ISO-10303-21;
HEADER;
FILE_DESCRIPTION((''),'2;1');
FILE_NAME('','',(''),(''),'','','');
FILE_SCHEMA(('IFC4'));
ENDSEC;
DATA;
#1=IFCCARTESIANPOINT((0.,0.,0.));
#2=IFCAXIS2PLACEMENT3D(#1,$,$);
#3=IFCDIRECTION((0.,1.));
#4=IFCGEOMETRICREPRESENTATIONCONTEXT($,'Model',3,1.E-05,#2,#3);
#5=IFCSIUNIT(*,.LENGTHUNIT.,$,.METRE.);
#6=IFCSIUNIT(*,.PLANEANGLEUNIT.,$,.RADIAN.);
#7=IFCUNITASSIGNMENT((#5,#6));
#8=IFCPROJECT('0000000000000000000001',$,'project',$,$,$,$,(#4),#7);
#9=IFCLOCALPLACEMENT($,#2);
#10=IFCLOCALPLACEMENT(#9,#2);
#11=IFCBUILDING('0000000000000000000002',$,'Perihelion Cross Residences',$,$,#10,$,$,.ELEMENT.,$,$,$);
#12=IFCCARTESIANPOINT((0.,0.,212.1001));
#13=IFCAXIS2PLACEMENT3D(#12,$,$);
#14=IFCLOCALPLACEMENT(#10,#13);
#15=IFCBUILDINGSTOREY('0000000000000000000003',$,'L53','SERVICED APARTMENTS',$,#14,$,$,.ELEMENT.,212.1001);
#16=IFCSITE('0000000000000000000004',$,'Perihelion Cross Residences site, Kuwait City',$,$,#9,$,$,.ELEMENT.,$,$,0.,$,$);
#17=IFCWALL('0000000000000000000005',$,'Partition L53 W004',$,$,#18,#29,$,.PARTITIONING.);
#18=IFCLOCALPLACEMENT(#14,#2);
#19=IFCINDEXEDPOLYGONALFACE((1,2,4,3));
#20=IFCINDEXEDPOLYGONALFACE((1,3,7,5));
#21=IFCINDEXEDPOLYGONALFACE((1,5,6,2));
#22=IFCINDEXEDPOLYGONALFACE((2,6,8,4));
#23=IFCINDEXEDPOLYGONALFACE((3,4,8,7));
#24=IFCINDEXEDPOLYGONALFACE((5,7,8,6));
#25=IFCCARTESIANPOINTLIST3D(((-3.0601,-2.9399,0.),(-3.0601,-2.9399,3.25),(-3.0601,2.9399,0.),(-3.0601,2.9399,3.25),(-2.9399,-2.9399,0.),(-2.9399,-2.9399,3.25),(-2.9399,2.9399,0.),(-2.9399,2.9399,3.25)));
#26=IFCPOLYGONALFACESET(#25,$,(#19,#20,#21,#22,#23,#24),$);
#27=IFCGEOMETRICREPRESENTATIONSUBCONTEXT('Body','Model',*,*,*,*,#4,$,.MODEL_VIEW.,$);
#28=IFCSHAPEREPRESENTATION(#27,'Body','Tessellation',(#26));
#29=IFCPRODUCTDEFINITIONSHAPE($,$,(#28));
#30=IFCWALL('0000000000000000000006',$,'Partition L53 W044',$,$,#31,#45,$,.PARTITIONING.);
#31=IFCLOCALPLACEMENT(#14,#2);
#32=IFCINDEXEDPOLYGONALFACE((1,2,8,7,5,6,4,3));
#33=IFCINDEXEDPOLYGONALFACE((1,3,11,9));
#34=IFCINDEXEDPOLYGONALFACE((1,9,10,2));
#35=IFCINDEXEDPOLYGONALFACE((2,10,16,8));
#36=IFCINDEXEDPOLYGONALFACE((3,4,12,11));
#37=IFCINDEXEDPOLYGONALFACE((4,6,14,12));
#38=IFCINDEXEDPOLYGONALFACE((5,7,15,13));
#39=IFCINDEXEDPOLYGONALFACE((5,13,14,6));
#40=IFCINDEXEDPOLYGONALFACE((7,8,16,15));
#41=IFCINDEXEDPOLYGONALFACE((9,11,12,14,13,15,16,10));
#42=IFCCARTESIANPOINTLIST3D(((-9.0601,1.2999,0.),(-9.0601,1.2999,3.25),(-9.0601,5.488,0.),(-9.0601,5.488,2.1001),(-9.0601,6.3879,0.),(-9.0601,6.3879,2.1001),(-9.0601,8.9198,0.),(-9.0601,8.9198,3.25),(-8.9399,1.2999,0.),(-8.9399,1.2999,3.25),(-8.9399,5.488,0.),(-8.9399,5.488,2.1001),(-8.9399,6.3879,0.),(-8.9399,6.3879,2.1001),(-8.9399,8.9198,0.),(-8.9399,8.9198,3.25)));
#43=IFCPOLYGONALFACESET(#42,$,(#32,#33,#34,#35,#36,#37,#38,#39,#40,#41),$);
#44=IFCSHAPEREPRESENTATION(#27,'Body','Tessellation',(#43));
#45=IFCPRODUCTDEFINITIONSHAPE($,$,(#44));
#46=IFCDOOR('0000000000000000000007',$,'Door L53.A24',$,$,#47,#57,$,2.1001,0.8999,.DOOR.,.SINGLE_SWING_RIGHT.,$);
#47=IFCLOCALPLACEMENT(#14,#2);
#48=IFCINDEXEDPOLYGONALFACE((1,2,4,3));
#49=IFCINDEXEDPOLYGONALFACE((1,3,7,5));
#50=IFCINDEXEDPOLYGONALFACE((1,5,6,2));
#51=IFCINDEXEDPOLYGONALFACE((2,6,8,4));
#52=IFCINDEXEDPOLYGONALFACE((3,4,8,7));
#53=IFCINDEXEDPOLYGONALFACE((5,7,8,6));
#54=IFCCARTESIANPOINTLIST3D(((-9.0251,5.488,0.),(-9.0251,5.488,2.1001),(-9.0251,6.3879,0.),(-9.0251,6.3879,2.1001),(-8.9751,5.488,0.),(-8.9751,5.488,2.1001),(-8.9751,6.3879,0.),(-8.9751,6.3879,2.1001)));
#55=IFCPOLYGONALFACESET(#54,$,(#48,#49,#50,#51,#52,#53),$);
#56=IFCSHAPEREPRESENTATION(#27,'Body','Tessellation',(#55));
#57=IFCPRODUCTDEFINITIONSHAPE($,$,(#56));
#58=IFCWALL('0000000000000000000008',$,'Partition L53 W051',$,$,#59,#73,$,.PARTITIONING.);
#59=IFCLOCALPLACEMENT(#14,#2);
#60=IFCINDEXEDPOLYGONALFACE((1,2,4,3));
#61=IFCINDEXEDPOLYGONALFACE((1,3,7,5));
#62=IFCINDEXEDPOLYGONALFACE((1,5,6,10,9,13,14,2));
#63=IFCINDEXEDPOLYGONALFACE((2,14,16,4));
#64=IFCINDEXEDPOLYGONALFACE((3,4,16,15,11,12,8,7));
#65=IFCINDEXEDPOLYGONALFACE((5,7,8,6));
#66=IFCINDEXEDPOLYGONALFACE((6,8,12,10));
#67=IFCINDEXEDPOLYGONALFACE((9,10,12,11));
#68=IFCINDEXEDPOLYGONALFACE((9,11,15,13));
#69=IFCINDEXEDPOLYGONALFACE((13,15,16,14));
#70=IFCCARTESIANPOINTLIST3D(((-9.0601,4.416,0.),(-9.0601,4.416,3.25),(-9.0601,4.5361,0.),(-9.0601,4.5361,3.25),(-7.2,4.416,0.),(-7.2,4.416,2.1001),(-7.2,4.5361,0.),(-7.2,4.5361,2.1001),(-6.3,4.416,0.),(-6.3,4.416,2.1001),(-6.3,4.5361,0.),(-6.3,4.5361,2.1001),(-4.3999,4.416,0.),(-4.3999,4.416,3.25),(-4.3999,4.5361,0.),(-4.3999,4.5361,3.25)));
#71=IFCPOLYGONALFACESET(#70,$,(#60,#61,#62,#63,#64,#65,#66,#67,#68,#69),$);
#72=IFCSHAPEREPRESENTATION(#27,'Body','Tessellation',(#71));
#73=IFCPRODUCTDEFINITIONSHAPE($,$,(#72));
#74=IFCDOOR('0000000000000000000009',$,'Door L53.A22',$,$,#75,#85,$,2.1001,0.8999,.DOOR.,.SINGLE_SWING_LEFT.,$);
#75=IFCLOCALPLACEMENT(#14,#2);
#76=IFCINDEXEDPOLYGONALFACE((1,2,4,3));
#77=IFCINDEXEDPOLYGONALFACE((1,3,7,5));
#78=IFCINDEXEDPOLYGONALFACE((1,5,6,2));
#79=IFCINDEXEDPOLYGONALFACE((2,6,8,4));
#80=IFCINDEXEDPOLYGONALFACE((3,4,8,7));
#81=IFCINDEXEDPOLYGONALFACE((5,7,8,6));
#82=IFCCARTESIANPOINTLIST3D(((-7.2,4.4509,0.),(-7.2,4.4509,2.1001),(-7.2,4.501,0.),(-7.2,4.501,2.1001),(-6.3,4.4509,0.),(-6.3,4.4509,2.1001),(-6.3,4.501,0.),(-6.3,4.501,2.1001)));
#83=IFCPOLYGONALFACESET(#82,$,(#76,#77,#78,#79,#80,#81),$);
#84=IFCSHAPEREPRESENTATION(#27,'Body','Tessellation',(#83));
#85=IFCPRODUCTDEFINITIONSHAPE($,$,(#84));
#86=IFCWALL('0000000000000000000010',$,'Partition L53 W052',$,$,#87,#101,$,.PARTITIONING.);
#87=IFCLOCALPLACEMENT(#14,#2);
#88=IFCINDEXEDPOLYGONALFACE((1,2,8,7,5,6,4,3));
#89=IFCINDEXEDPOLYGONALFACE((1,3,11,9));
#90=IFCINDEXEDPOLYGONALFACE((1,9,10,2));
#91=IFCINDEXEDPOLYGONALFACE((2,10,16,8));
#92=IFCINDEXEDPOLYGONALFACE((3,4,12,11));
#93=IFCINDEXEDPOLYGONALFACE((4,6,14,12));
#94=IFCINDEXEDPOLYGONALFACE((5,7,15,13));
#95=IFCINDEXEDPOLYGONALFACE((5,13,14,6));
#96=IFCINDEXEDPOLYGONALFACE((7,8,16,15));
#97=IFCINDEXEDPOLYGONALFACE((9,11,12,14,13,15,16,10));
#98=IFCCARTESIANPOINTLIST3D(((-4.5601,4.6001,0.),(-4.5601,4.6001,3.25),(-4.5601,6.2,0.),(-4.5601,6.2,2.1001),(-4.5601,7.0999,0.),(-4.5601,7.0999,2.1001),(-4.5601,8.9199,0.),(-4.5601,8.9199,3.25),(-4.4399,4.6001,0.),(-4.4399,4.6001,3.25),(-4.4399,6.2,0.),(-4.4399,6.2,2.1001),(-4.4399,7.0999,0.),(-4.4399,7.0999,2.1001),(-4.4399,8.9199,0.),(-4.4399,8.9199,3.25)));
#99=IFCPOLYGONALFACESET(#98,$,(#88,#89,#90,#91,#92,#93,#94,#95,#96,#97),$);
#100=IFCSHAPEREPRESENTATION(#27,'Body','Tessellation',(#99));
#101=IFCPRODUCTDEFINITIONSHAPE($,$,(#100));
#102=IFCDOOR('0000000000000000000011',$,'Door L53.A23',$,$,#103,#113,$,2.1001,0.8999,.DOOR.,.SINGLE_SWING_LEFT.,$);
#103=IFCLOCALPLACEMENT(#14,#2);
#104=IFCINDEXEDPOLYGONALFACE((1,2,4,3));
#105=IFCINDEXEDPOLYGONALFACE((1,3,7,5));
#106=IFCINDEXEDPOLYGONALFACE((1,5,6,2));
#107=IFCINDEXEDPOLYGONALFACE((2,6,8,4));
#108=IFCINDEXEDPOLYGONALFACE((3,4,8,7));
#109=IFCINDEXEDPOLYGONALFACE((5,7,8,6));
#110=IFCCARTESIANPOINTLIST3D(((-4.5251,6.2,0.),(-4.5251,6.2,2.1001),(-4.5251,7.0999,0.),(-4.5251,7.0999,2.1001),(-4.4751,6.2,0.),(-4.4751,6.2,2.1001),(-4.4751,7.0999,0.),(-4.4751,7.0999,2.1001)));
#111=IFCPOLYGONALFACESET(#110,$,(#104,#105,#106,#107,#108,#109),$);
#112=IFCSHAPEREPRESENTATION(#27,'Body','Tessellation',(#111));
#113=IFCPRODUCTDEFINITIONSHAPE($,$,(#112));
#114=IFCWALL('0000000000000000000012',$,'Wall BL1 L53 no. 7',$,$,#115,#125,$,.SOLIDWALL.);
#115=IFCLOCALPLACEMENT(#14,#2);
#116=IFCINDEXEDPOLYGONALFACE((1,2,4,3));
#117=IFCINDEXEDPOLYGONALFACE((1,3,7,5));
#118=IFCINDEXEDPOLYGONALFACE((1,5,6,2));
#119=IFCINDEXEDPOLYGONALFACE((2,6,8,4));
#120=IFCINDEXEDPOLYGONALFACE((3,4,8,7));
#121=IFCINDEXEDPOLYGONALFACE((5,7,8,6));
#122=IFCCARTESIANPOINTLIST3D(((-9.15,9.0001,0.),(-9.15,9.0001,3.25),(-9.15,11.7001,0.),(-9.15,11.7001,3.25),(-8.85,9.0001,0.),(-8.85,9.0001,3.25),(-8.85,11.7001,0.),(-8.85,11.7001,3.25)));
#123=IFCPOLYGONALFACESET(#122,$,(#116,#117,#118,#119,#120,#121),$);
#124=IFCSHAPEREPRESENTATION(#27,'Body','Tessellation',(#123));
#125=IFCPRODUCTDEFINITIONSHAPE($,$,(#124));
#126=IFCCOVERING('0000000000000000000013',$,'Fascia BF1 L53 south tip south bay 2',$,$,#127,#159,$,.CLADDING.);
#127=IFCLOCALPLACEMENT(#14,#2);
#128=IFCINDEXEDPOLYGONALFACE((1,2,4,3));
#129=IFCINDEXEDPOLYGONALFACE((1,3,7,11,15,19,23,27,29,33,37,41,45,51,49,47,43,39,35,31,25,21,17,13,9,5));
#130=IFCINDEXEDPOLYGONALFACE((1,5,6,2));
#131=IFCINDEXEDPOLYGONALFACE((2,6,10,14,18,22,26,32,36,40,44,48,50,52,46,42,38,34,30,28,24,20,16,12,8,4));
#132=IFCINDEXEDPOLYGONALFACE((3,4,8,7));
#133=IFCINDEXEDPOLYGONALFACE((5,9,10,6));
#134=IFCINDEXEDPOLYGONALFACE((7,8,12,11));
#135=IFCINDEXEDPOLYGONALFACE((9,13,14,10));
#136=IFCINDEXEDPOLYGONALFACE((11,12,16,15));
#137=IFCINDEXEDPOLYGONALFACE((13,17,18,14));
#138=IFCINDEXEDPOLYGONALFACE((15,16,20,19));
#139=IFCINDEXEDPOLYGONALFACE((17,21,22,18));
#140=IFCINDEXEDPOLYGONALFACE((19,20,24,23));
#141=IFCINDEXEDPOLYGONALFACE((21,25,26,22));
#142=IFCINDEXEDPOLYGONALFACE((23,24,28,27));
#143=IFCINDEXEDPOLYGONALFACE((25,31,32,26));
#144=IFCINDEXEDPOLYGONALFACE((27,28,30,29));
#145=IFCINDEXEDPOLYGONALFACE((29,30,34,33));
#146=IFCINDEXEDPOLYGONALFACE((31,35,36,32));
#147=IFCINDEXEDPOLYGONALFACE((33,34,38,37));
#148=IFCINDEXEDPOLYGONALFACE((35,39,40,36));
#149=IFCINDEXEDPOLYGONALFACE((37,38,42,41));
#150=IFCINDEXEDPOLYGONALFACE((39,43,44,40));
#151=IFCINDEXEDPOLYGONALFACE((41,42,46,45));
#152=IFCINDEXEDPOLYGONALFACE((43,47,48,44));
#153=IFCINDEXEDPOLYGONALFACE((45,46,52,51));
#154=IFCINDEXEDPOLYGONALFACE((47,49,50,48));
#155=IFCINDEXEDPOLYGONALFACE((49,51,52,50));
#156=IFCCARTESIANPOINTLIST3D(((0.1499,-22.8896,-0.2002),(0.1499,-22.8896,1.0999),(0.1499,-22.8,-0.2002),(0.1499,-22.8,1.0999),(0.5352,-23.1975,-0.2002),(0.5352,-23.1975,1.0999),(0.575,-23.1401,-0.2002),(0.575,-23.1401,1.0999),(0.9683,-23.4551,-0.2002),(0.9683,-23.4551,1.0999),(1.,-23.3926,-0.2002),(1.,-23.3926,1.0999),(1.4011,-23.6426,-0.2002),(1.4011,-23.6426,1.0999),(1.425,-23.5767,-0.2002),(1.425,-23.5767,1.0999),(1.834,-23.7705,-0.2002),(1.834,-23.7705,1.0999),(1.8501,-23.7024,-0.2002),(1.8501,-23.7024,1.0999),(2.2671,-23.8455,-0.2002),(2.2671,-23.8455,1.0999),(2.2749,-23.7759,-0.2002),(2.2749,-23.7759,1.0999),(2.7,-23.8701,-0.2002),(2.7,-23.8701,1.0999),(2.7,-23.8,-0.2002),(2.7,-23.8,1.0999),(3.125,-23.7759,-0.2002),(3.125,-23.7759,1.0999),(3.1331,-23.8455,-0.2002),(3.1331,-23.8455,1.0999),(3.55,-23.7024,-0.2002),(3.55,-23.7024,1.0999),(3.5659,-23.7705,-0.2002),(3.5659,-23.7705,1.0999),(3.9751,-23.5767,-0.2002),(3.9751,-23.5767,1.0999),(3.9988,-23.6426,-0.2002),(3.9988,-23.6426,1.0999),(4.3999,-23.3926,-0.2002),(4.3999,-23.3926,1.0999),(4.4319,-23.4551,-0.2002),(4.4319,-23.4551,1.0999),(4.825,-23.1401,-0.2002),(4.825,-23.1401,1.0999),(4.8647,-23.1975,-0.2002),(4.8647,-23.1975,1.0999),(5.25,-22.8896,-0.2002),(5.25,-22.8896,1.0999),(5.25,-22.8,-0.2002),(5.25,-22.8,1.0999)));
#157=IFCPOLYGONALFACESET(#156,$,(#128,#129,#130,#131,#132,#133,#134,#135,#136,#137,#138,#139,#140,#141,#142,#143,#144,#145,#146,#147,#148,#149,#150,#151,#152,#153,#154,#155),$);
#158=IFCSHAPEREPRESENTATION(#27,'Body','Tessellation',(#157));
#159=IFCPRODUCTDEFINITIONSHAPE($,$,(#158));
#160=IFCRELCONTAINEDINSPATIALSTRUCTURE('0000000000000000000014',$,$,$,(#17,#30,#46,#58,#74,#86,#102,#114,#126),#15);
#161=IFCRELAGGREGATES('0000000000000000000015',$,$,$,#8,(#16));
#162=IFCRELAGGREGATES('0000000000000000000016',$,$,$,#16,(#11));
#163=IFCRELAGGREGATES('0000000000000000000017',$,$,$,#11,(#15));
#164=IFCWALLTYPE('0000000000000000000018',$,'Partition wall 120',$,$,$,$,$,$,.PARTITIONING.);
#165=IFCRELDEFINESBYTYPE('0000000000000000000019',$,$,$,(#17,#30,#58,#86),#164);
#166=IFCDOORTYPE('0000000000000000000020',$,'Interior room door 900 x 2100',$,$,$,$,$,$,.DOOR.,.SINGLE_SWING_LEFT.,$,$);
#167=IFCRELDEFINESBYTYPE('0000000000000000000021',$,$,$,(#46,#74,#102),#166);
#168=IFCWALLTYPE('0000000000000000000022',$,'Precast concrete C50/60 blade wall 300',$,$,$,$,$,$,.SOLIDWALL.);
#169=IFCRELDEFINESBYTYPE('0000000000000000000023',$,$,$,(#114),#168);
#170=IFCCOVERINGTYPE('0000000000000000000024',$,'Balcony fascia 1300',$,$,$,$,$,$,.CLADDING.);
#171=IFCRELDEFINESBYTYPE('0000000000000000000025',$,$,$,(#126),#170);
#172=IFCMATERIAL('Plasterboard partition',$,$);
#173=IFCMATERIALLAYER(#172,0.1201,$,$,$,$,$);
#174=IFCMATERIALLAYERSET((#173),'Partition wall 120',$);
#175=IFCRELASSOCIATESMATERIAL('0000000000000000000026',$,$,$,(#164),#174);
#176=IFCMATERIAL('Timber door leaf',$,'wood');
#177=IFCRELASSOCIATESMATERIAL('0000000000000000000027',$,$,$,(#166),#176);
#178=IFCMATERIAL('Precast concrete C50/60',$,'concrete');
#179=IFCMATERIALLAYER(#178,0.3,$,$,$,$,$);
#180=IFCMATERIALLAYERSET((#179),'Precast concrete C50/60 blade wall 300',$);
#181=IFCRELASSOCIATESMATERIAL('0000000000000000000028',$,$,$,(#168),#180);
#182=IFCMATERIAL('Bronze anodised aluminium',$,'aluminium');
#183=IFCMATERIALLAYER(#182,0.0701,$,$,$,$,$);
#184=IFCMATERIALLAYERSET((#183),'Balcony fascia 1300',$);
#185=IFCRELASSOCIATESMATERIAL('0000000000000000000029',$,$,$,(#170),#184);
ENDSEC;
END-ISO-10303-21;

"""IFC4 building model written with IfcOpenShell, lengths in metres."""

from ifc_helpers import new_model, si_unit, direction, frame, frame_2d, origin, place, context, subcontext, project, spatial, polyline, rectangle, outline, extrude, material, layer, layer_set, type_object, element, fill, save


model = new_model("IFC4")

# Units and contexts
model_context = context("Model", 3, precision=1e-05, world=origin(), true_north=direction((0.0, 1.0)))
body_context = subcontext(model_context, "Body", "Model", "MODEL_VIEW")
ifc_project = project(units=[si_unit("LENGTHUNIT", "METRE"), si_unit("PLANEANGLEUNIT", "RADIAN")], contexts=[model_context])

# Site, building, storey
site_placement = place(None, origin())
site = spatial("IfcSite", under=ifc_project, at=site_placement, Name="Perihelion Cross Residences site, Kuwait City", CompositionType="ELEMENT", RefElevation=0.0)
building_placement = place(site_placement, origin())
building = spatial("IfcBuilding", under=site, at=building_placement, Name="Perihelion Cross Residences", CompositionType="ELEMENT")
storey_placement = place(building_placement, frame((0.0, 0.0, 212.1001)))
storey = spatial("IfcBuildingStorey", under=building, at=storey_placement, Name="L53", Description="SERVICED APARTMENTS", CompositionType="ELEMENT", Elevation=212.1001)

# Wall
ifc_material_1 = material(Name="Plasterboard partition")
ifc_layer_1 = layer(ifc_material_1, 0.1201)
ifc_layer_set_1 = layer_set([ifc_layer_1], Name="Partition wall 120")
wall_type_1 = type_object("IfcWallType", Name="Partition wall 120", PredefinedType="PARTITIONING", material=ifc_layer_set_1)
wall_1_placement = place(storey_placement, frame((-3.0, 2.9399, 0.0), z_axis=(0.0, 0.0, 1.0), x_axis=(0.0, -1.0, 0.0)))
element("IfcWall", 1, at=wall_1_placement, inside=storey, type_object=wall_type_1, Name="Partition L53 W004", PredefinedType="PARTITIONING", context=body_context, shape_type="SweptSolid", body=[
    extrude(rectangle(XDim=5.8799, YDim=0.1201, at=frame_2d((2.9399, 0.0))), origin(), (0.0, 0.0, 1.0), 3.25),
])

# Walls, openings, doors
wall_2_placement = place(storey_placement, frame((-9.0, 8.9199, 0.0), z_axis=(0.0, 0.0, 1.0), x_axis=(0.0, -1.0, 0.0)))
wall_2 = element("IfcWall", 2, at=wall_2_placement, inside=storey, type_object=wall_type_1, Name="Partition L53 W044", PredefinedType="PARTITIONING", context=body_context, shape_type="SweptSolid", body=[
    extrude(rectangle(XDim=7.6199, YDim=0.1201, at=frame_2d((3.8101, 0.0))), origin(), (0.0, 0.0, 1.0), 3.25),
])
opening_1_placement = place(wall_2_placement, frame((2.532, 0.0, 0.0)))
opening_1 = element("IfcOpeningElement", 3, at=opening_1_placement, cuts=wall_2, PredefinedType="OPENING", context=body_context, shape_type="SweptSolid", body=[
    extrude(rectangle(XDim=0.8999, YDim=2.1001, at=frame_2d((0.45, 1.05))), frame((0.0, 0.0701, 0.0), z_axis=(0.0, -1.0, 0.0), x_axis=(1.0, 0.0, 0.0)), (0.0, 0.0, 1.0), 0.1401),
])
ifc_material_2 = material(Name="Timber door leaf", Category="wood")
door_type_1 = type_object("IfcDoorType", Name="Interior room door 900 x 2100", OperationType="SINGLE_SWING_LEFT", PredefinedType="DOOR", material=ifc_material_2)
door_1_placement = place(opening_1_placement, origin())
door_1 = element("IfcDoor", 4, at=door_1_placement, inside=storey, type_object=door_type_1, Name="Door L53.A24", OperationType="SINGLE_SWING_RIGHT", OverallHeight=2.1001, OverallWidth=0.8999, PredefinedType="DOOR", context=body_context, shape_type="SweptSolid", body=[
    extrude(rectangle(XDim=0.8999, YDim=2.1001, at=frame_2d((0.45, 1.05))), frame((0.0, 0.0249, 0.0), z_axis=(0.0, -1.0, 0.0), x_axis=(1.0, 0.0, 0.0)), (0.0, 0.0, 1.0), 0.05),
])
fill(opening_1, door_1)
wall_3_placement = place(storey_placement, frame((-9.0601, 4.4761, 0.0), z_axis=(0.0, 0.0, 1.0), x_axis=(1.0, 0.0, 0.0)))
wall_3 = element("IfcWall", 5, at=wall_3_placement, inside=storey, type_object=wall_type_1, Name="Partition L53 W051", PredefinedType="PARTITIONING", context=body_context, shape_type="SweptSolid", body=[
    extrude(rectangle(XDim=4.6602, YDim=0.1201, at=frame_2d((2.3301, 0.0))), origin(), (0.0, 0.0, 1.0), 3.25),
])
opening_2_placement = place(wall_3_placement, frame((1.8601, 0.0, 0.0)))
opening_2 = element("IfcOpeningElement", 6, at=opening_2_placement, cuts=wall_3, PredefinedType="OPENING", context=body_context, shape_type="SweptSolid", body=[
    extrude(rectangle(XDim=0.8999, YDim=2.1001, at=frame_2d((0.45, 1.05))), frame((0.0, 0.0701, 0.0), z_axis=(0.0, -1.0, 0.0), x_axis=(1.0, 0.0, 0.0)), (0.0, 0.0, 1.0), 0.1401),
])
door_2_placement = place(opening_2_placement, origin())
door_2 = element("IfcDoor", 7, at=door_2_placement, inside=storey, type_object=door_type_1, Name="Door L53.A22", OperationType="SINGLE_SWING_LEFT", OverallHeight=2.1001, OverallWidth=0.8999, PredefinedType="DOOR", context=body_context, shape_type="SweptSolid", body=[
    extrude(rectangle(XDim=0.8999, YDim=2.1001, at=frame_2d((0.45, 1.05))), frame((0.0, 0.0249, 0.0), z_axis=(0.0, -1.0, 0.0), x_axis=(1.0, 0.0, 0.0)), (0.0, 0.0, 1.0), 0.05),
])
fill(opening_2, door_2)
wall_4_placement = place(storey_placement, frame((-4.5, 8.9199, 0.0), z_axis=(0.0, 0.0, 1.0), x_axis=(0.0, -1.0, 0.0)))
wall_4 = element("IfcWall", 8, at=wall_4_placement, inside=storey, type_object=wall_type_1, Name="Partition L53 W052", PredefinedType="PARTITIONING", context=body_context, shape_type="SweptSolid", body=[
    extrude(rectangle(XDim=4.3198, YDim=0.1201, at=frame_2d((2.1599, 0.0))), origin(), (0.0, 0.0, 1.0), 3.25),
])
opening_3_placement = place(wall_4_placement, frame((1.8201, 0.0, 0.0)))
opening_3 = element("IfcOpeningElement", 9, at=opening_3_placement, cuts=wall_4, PredefinedType="OPENING", context=body_context, shape_type="SweptSolid", body=[
    extrude(rectangle(XDim=0.8999, YDim=2.1001, at=frame_2d((0.45, 1.05))), frame((0.0, 0.0701, 0.0), z_axis=(0.0, -1.0, 0.0), x_axis=(1.0, 0.0, 0.0)), (0.0, 0.0, 1.0), 0.1401),
])
door_3_placement = place(opening_3_placement, origin())
door_3 = element("IfcDoor", 10, at=door_3_placement, inside=storey, type_object=door_type_1, Name="Door L53.A23", OperationType="SINGLE_SWING_LEFT", OverallHeight=2.1001, OverallWidth=0.8999, PredefinedType="DOOR", context=body_context, shape_type="SweptSolid", body=[
    extrude(rectangle(XDim=0.8999, YDim=2.1001, at=frame_2d((0.45, 1.05))), frame((0.0, 0.0249, 0.0), z_axis=(0.0, -1.0, 0.0), x_axis=(1.0, 0.0, 0.0)), (0.0, 0.0, 1.0), 0.05),
])
fill(opening_3, door_3)

# Wall
ifc_material_3 = material(Name="Precast concrete C50/60", Category="concrete")
ifc_layer_2 = layer(ifc_material_3, 0.3)
ifc_layer_set_2 = layer_set([ifc_layer_2], Name="Precast concrete C50/60 blade wall 300")
wall_type_2 = type_object("IfcWallType", Name="Precast concrete C50/60 blade wall 300", PredefinedType="SOLIDWALL", material=ifc_layer_set_2)
wall_5_placement = place(storey_placement, frame((-9.0, 9.0, 0.0), z_axis=(0.0, 0.0, 1.0), x_axis=(0.0, 1.0, 0.0)))
element("IfcWall", 11, at=wall_5_placement, inside=storey, type_object=wall_type_2, Name="Wall BL1 L53 no. 7", PredefinedType="SOLIDWALL", context=body_context, shape_type="SweptSolid", body=[
    extrude(rectangle(XDim=2.7, YDim=0.3, at=frame_2d((1.3501, 0.0))), origin(), (0.0, 0.0, 1.0), 3.25),
])

# Covering
ifc_material_4 = material(Name="Bronze anodised aluminium", Category="aluminium")
ifc_layer_3 = layer(ifc_material_4, 0.0701)
ifc_layer_set_3 = layer_set([ifc_layer_3], Name="Balcony fascia 1300")
covering_type = type_object("IfcCoveringType", Name="Balcony fascia 1300", PredefinedType="CLADDING", material=ifc_layer_set_3)
covering_placement = place(storey_placement, frame((0.0, 0.0, -0.2002)))
element("IfcCovering", 12, at=covering_placement, inside=storey, type_object=covering_type, Name="Fascia BF1 L53 south tip south bay 2", PredefinedType="CLADDING", context=body_context, shape_type="SweptSolid", body=[
    extrude(outline(polyline([(0.5352, -23.1975), (0.9683, -23.4551), (1.4011, -23.6426), (1.834, -23.7705), (2.2671, -23.8455), (2.7, -23.8701), (3.1331, -23.8455), (3.5659, -23.7705), (3.9988, -23.6426), (4.4319, -23.4551), (4.8647, -23.1975), (5.25, -22.8896), (5.25, -22.8), (4.825, -23.1401), (4.3999, -23.3926), (3.9751, -23.5767), (3.55, -23.7024), (3.125, -23.7759), (2.7, -23.8), (2.2749, -23.7759), (1.8501, -23.7024), (1.425, -23.5767), (1.0, -23.3926), (0.575, -23.1401), (0.1499, -22.8), (0.1499, -22.8896), (0.5352, -23.1975)])), origin(), (0.0, 0.0, 1.0), 1.3),
])

save(model, "model.ifc")
